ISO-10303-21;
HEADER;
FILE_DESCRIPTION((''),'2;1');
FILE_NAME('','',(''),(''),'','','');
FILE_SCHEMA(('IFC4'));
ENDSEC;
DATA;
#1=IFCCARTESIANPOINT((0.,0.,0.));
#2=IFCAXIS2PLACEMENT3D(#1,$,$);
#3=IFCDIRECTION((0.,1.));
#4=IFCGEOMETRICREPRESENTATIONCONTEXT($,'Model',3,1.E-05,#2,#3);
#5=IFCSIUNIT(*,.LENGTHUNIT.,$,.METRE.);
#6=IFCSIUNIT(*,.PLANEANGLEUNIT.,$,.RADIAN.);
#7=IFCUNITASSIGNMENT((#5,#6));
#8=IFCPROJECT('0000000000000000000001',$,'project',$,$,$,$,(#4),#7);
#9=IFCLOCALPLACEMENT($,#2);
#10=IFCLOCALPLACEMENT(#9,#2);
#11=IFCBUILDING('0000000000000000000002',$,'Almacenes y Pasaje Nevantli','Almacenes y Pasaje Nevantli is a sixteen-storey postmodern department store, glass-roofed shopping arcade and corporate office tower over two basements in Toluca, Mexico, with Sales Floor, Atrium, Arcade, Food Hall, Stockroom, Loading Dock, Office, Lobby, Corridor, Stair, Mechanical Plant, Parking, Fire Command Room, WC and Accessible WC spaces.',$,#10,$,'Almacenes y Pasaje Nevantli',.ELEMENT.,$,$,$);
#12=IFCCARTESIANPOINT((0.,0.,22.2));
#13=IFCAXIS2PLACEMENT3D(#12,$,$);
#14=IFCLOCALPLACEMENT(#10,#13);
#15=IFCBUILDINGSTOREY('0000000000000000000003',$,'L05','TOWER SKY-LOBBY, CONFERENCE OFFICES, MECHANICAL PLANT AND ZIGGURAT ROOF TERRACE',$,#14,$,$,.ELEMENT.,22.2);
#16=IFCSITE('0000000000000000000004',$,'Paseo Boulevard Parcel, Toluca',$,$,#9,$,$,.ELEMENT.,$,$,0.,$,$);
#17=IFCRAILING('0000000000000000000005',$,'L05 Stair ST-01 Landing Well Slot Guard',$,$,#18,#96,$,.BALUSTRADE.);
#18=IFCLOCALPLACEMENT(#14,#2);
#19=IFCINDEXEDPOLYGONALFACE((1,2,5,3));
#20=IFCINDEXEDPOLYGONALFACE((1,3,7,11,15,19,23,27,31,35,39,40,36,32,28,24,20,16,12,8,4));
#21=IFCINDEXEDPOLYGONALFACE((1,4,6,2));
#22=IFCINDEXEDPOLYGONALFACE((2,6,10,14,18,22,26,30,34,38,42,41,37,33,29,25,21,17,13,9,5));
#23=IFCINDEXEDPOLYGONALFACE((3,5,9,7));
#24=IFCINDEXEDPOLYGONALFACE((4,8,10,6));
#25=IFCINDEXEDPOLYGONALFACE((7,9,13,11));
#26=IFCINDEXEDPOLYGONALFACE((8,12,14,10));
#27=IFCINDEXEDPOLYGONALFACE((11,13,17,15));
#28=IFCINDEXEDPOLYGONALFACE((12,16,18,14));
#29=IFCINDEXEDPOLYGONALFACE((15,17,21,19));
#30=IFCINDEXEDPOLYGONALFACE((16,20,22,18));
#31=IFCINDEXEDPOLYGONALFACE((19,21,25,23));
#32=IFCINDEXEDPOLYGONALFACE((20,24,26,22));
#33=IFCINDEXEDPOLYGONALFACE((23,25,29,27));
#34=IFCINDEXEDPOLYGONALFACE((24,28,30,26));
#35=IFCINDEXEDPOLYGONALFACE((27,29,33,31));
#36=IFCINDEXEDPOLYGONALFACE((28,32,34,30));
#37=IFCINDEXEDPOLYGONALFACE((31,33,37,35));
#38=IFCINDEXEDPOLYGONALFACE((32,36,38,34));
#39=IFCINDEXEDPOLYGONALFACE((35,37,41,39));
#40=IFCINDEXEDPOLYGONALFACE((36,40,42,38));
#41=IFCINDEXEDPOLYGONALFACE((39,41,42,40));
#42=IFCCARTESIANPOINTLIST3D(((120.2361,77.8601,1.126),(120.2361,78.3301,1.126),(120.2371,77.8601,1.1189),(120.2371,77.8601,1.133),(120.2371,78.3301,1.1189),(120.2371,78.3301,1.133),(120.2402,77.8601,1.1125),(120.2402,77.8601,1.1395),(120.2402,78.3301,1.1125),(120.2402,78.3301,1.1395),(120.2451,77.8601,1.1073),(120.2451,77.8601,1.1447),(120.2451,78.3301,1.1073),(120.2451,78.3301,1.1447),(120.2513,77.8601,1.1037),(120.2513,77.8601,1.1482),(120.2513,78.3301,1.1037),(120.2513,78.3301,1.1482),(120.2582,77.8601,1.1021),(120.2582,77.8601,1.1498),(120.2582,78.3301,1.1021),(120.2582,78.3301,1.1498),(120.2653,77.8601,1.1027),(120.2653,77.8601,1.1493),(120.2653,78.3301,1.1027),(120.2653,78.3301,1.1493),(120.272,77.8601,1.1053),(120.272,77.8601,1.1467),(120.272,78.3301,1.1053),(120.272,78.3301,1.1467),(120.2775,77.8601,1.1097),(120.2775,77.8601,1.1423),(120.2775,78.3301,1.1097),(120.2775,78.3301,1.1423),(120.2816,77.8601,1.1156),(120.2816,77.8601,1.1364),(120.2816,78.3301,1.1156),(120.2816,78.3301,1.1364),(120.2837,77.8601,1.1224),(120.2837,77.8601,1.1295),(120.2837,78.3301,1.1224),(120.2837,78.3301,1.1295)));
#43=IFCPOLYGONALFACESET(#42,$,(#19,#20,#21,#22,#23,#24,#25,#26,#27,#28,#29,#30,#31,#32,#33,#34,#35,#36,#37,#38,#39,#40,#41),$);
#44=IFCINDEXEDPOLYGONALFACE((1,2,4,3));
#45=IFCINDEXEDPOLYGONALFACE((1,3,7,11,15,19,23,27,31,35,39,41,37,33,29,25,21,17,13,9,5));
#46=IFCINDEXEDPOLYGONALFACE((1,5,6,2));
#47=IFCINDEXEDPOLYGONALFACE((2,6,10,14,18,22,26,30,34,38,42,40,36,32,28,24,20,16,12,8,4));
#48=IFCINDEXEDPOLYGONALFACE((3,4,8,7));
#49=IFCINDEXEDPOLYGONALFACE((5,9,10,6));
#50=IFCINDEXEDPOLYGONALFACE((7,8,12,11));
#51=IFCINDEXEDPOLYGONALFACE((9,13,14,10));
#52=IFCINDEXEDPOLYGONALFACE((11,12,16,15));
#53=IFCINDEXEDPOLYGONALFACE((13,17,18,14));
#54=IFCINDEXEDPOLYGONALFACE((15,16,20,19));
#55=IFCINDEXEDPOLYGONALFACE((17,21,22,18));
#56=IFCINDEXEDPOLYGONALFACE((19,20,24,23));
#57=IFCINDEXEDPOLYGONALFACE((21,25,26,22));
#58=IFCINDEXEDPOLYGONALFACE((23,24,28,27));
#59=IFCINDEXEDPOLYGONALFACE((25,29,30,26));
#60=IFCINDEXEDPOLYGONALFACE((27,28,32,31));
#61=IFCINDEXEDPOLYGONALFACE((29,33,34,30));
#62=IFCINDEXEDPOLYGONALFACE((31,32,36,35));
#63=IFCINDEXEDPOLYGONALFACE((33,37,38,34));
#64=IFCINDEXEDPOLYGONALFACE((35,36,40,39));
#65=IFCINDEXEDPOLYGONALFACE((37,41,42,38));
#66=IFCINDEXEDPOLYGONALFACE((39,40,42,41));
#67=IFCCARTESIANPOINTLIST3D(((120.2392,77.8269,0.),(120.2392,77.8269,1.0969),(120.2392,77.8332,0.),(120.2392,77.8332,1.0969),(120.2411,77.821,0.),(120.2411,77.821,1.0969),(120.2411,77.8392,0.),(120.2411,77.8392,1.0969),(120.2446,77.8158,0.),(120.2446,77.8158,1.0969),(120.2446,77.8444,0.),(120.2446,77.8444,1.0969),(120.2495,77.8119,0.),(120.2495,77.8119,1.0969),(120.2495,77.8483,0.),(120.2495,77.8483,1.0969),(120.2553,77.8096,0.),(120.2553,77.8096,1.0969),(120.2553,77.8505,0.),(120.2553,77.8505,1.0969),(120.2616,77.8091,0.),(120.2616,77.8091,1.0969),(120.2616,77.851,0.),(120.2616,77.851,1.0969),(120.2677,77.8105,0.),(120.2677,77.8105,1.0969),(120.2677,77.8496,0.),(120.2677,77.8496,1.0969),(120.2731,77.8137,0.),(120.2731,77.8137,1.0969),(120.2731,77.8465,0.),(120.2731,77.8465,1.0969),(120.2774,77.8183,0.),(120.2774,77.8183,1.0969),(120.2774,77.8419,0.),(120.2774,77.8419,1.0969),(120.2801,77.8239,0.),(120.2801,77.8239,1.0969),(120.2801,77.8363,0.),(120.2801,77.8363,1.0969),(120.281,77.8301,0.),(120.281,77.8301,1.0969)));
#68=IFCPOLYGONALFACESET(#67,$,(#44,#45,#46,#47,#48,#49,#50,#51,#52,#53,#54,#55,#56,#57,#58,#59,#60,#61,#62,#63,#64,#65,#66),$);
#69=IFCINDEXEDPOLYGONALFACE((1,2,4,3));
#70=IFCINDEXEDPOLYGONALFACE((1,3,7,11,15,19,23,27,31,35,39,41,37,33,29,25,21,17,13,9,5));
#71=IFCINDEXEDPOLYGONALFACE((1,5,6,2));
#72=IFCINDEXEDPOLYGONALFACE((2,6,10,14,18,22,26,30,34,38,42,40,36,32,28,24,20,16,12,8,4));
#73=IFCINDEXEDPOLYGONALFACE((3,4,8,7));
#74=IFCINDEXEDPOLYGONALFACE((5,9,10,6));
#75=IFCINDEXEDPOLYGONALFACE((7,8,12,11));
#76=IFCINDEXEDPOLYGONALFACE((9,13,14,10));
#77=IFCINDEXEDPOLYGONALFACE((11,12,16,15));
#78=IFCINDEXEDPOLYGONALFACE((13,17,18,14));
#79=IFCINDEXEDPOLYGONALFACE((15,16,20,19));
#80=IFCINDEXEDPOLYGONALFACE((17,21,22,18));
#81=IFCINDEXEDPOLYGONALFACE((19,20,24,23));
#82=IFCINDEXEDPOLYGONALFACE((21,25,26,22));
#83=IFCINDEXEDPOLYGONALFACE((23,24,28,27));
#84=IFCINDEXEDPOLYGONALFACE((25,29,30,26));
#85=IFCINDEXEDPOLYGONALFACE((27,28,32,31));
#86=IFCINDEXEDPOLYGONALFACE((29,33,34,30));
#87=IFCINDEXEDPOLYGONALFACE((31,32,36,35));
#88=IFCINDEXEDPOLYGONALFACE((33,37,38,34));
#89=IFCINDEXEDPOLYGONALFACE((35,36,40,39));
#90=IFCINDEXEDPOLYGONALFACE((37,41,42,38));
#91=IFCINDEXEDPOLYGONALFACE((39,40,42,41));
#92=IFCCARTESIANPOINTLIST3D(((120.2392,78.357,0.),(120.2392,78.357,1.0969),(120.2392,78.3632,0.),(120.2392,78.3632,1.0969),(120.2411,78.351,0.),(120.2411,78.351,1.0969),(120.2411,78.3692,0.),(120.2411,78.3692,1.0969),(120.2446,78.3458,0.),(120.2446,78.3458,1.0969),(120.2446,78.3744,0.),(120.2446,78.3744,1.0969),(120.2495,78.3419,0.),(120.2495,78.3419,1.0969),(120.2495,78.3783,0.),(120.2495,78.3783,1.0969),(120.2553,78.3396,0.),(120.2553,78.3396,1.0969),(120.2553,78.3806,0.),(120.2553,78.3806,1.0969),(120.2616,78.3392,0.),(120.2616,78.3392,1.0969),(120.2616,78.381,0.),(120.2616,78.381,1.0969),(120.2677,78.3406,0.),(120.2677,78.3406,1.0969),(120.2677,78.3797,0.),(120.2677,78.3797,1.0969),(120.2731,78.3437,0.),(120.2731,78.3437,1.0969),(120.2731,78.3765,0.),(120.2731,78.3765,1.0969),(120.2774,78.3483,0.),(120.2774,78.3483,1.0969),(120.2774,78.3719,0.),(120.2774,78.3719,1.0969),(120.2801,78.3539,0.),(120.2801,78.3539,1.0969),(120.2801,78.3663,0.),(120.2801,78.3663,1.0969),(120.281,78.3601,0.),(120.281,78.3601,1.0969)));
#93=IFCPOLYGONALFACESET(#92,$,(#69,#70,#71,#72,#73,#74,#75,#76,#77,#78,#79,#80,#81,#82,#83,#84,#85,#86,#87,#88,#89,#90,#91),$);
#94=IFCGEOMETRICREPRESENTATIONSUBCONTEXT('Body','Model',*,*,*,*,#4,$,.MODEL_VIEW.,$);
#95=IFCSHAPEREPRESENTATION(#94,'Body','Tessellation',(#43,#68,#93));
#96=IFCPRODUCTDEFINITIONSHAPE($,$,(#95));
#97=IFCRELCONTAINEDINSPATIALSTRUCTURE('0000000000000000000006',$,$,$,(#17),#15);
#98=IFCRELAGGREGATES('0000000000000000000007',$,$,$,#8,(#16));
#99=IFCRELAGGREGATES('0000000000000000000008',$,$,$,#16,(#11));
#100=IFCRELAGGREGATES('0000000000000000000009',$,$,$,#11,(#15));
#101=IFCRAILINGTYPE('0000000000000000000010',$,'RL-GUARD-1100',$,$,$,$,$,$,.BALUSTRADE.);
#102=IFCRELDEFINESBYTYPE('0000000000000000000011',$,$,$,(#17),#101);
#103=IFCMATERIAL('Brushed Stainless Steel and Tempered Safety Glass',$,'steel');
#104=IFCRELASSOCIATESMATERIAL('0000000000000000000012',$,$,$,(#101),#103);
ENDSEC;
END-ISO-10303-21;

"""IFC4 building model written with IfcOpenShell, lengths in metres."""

from ifc_helpers import new_model, si_unit, direction, frame, origin, origin_2d, place, context, subcontext, project, spatial, circle, extrude, material, type_object, element, save


model = new_model("IFC4")

# Units and contexts
model_context = context("Model", 3, precision=1e-05, world=origin(), true_north=direction((0.0, 1.0)))
body_context = subcontext(model_context, "Body", "Model", "MODEL_VIEW")
ifc_project = project(units=[si_unit("LENGTHUNIT", "METRE"), si_unit("PLANEANGLEUNIT", "RADIAN")], contexts=[model_context])

# Site, building, storey
site_placement = place(None, origin())
site = spatial("IfcSite", under=ifc_project, at=site_placement, Name="Paseo Boulevard Parcel, Toluca", CompositionType="ELEMENT", RefElevation=0.0)
building_placement = place(site_placement, origin())
building = spatial("IfcBuilding", under=site, at=building_placement, Name="Almacenes y Pasaje Nevantli", Description="Almacenes y Pasaje Nevantli is a sixteen-storey postmodern department store, glass-roofed shopping arcade and corporate office tower over two basements in Toluca, Mexico, with Sales Floor, Atrium, Arcade, Food Hall, Stockroom, Loading Dock, Office, Lobby, Corridor, Stair, Mechanical Plant, Parking, Fire Command Room, WC and Accessible WC spaces.", LongName="Almacenes y Pasaje Nevantli", CompositionType="ELEMENT")
storey_placement = place(building_placement, frame((0.0, 0.0, 22.2)))
storey = spatial("IfcBuildingStorey", under=building, at=storey_placement, Name="L05", Description="TOWER SKY-LOBBY, CONFERENCE OFFICES, MECHANICAL PLANT AND ZIGGURAT ROOF TERRACE", CompositionType="ELEMENT", Elevation=22.2)

# Railing
ifc_material_1 = material(Name="Brushed Stainless Steel and Tempered Safety Glass", Category="steel")
railing_type_1 = type_object("IfcRailingType", Name="RL-GUARD-1100", PredefinedType="BALUSTRADE", material=ifc_material_1)
railing_1_placement = place(storey_placement, frame((120.26, 77.8301, 0.0)))
element("IfcRailing", 1, at=railing_1_placement, inside=storey, type_object=railing_type_1, Name="L05 Stair ST-01 Landing Well Slot Guard", PredefinedType="BALUSTRADE", context=body_context, shape_type="SweptSolid", body=[
    extrude(circle(Radius=0.0239, at=origin_2d()), frame((0.0, 0.03, 1.126), z_axis=(0.0, 1.0, 0.0), x_axis=(-1.0, 0.0, 0.0)), (0.0, 0.0, 1.0), 0.47),
    extrude(circle(Radius=0.021, at=origin_2d()), origin(), (0.0, 0.0, 1.0), 1.0969),
    extrude(circle(Radius=0.021, at=origin_2d()), frame((0.0, 0.53, 0.0)), (0.0, 0.0, 1.0), 1.0969),
])

save(model, "model.ifc")
